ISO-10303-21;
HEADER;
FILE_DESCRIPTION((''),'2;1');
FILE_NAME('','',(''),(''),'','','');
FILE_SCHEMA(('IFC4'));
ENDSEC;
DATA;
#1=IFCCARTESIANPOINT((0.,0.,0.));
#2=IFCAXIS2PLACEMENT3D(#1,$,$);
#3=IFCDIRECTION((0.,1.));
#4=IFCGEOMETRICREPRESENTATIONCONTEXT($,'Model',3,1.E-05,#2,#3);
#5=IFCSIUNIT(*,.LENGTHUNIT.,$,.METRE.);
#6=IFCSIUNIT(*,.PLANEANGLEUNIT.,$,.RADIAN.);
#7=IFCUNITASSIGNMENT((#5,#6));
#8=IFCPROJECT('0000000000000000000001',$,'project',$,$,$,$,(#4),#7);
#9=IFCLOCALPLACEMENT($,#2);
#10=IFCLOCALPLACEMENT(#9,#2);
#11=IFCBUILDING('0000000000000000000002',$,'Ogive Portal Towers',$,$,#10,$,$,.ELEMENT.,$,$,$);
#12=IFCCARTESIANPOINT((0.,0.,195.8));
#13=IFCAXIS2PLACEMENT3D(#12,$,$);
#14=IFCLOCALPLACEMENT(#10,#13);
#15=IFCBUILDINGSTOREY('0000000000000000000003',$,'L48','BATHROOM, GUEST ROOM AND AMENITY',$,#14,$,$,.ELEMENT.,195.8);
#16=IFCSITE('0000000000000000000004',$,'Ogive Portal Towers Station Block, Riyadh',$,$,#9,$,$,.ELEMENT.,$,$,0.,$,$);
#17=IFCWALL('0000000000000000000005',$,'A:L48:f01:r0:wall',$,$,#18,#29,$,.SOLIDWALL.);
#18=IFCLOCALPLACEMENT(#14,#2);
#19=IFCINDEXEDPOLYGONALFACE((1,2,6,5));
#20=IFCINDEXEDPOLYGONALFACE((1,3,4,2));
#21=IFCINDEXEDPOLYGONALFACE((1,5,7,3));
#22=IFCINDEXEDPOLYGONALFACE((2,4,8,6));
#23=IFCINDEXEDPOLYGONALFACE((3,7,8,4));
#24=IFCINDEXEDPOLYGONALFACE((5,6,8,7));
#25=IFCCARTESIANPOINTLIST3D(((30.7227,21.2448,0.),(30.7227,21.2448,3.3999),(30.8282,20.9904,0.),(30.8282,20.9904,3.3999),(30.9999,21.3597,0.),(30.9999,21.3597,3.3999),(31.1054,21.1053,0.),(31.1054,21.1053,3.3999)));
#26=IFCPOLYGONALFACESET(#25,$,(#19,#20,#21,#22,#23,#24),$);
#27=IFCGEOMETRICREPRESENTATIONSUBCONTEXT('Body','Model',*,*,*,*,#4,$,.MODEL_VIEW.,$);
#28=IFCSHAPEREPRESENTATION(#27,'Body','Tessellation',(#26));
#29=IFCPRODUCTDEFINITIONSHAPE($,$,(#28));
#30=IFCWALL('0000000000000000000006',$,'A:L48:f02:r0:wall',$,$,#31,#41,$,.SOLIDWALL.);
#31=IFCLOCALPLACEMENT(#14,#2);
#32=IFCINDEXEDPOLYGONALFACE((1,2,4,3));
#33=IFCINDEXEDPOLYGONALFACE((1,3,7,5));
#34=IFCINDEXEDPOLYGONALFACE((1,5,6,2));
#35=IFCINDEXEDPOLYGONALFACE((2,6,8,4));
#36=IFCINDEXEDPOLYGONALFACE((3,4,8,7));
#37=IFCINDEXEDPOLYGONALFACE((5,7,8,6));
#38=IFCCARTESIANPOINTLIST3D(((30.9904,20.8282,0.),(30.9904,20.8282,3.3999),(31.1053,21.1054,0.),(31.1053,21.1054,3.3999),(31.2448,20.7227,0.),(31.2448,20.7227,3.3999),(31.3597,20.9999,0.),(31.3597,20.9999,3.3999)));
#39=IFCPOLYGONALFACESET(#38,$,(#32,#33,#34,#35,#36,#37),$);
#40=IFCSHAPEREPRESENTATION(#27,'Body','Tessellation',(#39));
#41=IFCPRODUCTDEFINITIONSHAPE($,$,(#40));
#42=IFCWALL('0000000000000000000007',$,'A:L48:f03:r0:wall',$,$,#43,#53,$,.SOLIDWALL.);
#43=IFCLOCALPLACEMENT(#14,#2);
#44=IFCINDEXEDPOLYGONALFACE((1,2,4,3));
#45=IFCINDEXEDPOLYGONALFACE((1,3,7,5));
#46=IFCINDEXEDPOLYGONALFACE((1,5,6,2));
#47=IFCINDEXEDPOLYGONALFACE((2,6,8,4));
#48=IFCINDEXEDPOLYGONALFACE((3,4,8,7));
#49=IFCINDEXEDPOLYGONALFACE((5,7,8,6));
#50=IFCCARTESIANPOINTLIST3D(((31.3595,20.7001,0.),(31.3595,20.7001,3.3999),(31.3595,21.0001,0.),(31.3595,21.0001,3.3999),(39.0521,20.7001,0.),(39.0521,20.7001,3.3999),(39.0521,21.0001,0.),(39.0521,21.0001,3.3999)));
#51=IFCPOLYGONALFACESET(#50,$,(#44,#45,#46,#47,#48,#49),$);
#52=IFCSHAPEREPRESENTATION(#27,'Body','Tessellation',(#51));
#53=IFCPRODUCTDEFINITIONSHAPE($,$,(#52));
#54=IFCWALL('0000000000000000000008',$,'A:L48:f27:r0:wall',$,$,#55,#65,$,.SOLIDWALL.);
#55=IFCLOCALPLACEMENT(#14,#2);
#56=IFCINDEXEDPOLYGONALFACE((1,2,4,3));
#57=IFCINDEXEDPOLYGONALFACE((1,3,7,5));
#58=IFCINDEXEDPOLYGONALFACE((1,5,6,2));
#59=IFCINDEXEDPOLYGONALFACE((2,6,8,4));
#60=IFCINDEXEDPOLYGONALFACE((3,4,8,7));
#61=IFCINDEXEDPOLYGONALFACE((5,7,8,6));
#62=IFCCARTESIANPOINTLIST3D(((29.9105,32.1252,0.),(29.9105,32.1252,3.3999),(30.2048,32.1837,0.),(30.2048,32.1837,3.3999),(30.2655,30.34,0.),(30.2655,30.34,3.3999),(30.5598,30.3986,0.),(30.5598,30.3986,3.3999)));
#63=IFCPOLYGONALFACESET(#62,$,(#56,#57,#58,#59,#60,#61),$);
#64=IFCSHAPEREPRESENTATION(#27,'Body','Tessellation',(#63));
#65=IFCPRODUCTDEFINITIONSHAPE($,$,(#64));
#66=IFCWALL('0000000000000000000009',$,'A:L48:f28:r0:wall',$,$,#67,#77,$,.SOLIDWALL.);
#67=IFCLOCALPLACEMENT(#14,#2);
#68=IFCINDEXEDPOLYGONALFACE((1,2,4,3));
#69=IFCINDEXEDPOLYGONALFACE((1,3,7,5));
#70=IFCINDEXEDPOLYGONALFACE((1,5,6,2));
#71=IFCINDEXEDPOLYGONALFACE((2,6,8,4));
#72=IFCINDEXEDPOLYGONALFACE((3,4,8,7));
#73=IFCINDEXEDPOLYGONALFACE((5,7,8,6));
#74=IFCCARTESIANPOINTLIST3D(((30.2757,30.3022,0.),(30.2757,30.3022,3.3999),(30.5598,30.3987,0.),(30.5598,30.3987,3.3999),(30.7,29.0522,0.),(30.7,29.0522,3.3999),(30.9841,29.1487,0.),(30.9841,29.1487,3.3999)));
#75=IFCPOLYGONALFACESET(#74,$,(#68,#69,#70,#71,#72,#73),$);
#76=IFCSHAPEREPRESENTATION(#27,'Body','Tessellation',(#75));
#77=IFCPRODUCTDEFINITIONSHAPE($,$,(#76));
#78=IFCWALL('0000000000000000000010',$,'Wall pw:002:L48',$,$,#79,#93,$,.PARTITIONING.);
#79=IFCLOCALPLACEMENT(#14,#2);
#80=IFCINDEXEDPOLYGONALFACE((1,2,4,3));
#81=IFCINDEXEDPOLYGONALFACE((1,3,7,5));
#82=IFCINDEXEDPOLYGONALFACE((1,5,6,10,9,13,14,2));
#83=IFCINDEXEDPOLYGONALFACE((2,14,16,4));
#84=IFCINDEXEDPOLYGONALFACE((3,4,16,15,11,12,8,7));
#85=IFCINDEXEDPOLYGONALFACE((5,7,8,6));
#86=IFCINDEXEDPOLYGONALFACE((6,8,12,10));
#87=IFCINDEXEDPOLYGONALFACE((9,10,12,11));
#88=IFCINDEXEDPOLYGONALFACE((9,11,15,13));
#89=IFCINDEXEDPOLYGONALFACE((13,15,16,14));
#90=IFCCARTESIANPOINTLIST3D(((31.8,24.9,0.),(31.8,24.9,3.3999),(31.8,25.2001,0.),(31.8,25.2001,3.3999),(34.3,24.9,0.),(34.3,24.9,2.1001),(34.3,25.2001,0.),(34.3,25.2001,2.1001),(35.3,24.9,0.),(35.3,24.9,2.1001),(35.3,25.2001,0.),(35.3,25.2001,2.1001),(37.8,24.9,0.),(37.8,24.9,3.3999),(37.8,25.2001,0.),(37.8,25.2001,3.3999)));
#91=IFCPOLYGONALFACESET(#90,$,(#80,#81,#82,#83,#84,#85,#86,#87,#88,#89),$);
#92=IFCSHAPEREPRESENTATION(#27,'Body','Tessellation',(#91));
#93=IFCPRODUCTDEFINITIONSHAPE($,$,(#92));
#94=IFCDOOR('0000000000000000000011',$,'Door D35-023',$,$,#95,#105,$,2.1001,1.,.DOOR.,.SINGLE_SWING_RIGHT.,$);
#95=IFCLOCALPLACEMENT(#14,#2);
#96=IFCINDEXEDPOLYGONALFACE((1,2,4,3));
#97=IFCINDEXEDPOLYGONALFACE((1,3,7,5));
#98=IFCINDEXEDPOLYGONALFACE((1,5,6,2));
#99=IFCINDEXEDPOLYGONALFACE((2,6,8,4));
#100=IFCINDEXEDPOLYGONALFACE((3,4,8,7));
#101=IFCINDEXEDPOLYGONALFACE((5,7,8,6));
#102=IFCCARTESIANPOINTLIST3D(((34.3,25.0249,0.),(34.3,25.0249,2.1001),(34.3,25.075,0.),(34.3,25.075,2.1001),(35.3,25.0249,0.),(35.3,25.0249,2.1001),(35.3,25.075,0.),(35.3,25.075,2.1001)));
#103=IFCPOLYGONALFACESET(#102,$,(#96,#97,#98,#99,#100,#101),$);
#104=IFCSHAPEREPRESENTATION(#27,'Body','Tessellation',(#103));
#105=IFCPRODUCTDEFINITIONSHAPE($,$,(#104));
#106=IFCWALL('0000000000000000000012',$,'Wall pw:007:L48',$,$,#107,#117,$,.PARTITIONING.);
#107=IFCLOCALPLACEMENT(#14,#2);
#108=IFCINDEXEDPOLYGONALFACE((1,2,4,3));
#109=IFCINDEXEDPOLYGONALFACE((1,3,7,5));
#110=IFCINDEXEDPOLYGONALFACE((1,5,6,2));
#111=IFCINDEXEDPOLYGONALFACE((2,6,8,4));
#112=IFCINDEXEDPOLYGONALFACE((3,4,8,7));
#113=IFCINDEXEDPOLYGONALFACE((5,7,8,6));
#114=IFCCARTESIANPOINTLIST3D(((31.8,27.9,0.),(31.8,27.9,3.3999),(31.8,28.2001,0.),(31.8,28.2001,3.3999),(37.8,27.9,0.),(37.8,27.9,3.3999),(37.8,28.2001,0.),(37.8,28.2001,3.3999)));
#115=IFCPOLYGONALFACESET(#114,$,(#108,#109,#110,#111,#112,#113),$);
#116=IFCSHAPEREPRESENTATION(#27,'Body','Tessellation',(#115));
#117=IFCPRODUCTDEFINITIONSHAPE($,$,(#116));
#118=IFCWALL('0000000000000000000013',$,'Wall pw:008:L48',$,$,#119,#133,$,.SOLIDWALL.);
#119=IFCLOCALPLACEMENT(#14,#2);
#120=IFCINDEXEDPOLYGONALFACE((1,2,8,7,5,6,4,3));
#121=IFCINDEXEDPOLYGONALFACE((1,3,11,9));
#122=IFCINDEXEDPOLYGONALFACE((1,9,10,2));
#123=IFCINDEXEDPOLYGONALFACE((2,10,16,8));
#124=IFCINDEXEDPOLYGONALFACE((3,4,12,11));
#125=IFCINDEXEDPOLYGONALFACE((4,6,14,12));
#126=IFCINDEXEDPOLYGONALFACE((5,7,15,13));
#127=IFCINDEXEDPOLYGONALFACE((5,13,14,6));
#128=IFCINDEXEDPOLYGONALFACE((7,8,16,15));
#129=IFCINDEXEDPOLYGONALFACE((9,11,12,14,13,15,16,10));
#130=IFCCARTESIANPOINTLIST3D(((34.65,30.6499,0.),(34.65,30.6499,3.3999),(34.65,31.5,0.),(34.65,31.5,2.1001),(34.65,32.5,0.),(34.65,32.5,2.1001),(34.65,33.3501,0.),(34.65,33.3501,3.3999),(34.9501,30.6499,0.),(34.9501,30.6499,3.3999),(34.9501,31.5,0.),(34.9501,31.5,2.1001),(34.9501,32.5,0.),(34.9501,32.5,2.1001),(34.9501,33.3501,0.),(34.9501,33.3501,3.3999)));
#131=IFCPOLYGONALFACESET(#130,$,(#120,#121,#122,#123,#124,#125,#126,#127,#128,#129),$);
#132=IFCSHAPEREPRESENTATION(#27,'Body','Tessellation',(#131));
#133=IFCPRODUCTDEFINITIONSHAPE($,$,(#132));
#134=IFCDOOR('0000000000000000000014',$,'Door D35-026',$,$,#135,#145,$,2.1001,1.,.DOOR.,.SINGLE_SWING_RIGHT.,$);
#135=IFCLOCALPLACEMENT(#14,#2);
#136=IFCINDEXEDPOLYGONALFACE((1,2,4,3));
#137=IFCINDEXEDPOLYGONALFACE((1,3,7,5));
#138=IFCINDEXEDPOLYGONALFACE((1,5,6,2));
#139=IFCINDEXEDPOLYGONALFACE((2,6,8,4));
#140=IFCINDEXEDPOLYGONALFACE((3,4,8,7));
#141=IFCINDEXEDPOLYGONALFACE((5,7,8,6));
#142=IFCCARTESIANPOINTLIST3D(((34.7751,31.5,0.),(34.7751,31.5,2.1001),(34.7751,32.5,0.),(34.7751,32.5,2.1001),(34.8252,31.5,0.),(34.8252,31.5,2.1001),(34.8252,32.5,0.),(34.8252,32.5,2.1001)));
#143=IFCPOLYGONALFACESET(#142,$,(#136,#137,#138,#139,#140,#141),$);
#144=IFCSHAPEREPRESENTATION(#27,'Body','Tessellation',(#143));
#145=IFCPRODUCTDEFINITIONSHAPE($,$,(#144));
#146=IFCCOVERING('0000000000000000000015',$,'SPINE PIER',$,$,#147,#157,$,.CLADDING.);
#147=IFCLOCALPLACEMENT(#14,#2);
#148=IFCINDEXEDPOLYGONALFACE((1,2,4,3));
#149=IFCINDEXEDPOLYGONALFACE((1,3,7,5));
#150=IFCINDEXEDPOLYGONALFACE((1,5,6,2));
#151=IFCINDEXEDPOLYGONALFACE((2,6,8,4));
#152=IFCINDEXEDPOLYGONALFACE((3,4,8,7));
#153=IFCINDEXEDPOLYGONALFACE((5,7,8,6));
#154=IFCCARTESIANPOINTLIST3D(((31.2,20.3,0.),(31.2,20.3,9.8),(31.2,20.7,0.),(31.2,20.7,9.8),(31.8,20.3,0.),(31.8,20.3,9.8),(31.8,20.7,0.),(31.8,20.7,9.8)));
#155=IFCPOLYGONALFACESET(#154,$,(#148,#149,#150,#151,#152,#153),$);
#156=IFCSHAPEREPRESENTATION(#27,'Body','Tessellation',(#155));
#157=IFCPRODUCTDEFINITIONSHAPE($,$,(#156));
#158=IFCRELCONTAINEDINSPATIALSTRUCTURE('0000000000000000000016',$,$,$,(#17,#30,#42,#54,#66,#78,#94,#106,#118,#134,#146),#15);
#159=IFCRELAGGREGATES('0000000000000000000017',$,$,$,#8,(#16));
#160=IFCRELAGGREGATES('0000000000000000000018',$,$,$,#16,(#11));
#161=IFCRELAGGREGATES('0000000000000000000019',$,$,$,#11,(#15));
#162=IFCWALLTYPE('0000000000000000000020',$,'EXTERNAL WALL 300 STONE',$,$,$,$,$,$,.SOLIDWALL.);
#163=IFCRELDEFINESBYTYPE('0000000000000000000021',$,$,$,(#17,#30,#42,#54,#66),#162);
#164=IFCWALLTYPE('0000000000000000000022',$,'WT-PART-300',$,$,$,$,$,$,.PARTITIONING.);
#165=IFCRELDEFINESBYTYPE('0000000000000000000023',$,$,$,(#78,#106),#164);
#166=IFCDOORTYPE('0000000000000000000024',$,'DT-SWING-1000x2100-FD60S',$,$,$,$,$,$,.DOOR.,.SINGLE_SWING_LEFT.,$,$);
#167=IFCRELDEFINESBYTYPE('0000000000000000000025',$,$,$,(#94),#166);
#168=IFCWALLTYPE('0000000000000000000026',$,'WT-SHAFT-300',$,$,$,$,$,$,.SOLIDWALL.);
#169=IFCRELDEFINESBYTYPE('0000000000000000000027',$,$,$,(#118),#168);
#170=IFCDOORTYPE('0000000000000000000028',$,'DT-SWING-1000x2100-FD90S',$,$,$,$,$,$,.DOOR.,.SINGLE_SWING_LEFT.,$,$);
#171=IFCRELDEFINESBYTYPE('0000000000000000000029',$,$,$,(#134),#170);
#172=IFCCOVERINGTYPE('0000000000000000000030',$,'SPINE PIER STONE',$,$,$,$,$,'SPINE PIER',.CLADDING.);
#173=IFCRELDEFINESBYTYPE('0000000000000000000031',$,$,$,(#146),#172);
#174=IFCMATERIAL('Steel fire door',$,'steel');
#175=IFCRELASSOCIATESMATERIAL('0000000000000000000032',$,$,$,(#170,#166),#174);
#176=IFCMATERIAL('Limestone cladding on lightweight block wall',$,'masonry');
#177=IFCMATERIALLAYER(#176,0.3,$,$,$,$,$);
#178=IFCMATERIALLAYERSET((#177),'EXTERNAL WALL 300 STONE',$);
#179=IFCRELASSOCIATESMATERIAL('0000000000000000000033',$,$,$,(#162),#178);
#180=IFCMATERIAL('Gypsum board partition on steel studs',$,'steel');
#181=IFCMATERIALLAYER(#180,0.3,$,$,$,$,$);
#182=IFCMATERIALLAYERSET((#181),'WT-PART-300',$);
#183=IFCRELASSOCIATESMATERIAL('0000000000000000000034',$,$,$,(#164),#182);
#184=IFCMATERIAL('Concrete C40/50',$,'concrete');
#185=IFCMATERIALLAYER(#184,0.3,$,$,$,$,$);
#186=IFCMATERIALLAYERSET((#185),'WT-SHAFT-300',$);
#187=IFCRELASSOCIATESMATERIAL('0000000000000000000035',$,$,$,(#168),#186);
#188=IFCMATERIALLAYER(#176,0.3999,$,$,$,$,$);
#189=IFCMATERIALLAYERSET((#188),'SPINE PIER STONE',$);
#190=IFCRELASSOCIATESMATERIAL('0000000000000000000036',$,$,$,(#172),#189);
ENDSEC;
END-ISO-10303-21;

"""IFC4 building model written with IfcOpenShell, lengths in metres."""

from ifc_helpers import new_model, si_unit, direction, frame, frame_2d, origin, origin_2d, place, context, subcontext, project, spatial, rectangle, extrude, material, layer, layer_set, type_object, element, fill, save


model = new_model("IFC4")

# Units and contexts
model_context = context("Model", 3, precision=1e-05, world=origin(), true_north=direction((0.0, 1.0)))
body_context = subcontext(model_context, "Body", "Model", "MODEL_VIEW")
ifc_project = project(units=[si_unit("LENGTHUNIT", "METRE"), si_unit("PLANEANGLEUNIT", "RADIAN")], contexts=[model_context])

# Site, building, storey
site_placement = place(None, origin())
site = spatial("IfcSite", under=ifc_project, at=site_placement, Name="Ogive Portal Towers Station Block, Riyadh", CompositionType="ELEMENT", RefElevation=0.0)
building_placement = place(site_placement, origin())
building = spatial("IfcBuilding", under=site, at=building_placement, Name="Ogive Portal Towers", CompositionType="ELEMENT")
storey_placement = place(building_placement, frame((0.0, 0.0, 195.8)))
storey = spatial("IfcBuildingStorey", under=building, at=storey_placement, Name="L48", Description="BATHROOM, GUEST ROOM AND AMENITY", CompositionType="ELEMENT", Elevation=195.8)

# Shared definitions
ifc_material_1 = material(Name="Concrete C40/50", Category="concrete")

# Shared definitions
ifc_material_2 = material(Name="Steel fire door", Category="steel")
door_type_1 = type_object("IfcDoorType", Name="DT-SWING-1000x2100-FD90S", OperationType="SINGLE_SWING_LEFT", PredefinedType="DOOR", material=ifc_material_2)

# Walls
ifc_material_3 = material(Name="Limestone cladding on lightweight block wall", Category="masonry")
ifc_layer_1 = layer(ifc_material_3, 0.3)
ifc_layer_set_1 = layer_set([ifc_layer_1], Name="EXTERNAL WALL 300 STONE")
wall_type_1 = type_object("IfcWallType", Name="EXTERNAL WALL 300 STONE", PredefinedType="SOLIDWALL", material=ifc_layer_set_1)
for number, where, z_axis, x_axis, name in (
    (1, (30.8613, 21.3022, 0.0), (0.0, 0.0, 1.0), (0.382978, -0.923757, 0.0), "A:L48:f01:r0:wall"),
    (2, (31.0479, 20.9668, 0.0), (0.0, 0.0, 1.0), (0.923757, -0.382978, 0.0), "A:L48:f02:r0:wall"),
):
    element("IfcWall", number, at=place(storey_placement, frame(where, z_axis=z_axis, x_axis=x_axis)), inside=storey, type_object=wall_type_1, Name=name, PredefinedType="SOLIDWALL", context=body_context, shape_type="SweptSolid", body=[
        extrude(rectangle(XDim=0.2754, YDim=0.3, at=frame_2d((0.1377, 0.0))), origin(), (0.0, 0.0, 1.0), 3.3999),
    ])
wall_1_placement = place(storey_placement, frame((31.3596, 20.8501, 0.0), z_axis=(0.0, 0.0, 1.0), x_axis=(1.0, 0.0, 0.0)))
element("IfcWall", 3, at=wall_1_placement, inside=storey, type_object=wall_type_1, Name="A:L48:f03:r0:wall", PredefinedType="SOLIDWALL", context=body_context, shape_type="SweptSolid", body=[
    extrude(rectangle(XDim=7.6926, YDim=0.3, at=frame_2d((3.8462, 0.0))), origin(), (0.0, 0.0, 1.0), 3.3999),
])
wall_2_placement = place(storey_placement, frame((30.0576, 32.1545, 0.0), z_axis=(0.0, 0.0, 1.0), x_axis=(0.195033, -0.980797, 0.0)))
element("IfcWall", 4, at=wall_2_placement, inside=storey, type_object=wall_type_1, Name="A:L48:f27:r0:wall", PredefinedType="SOLIDWALL", context=body_context, shape_type="SweptSolid", body=[
    extrude(rectangle(XDim=1.8201, YDim=0.3, at=frame_2d((0.9102, 0.0))), origin(), (0.0, 0.0, 1.0), 3.3999),
])
wall_3_placement = place(storey_placement, frame((30.4177, 30.3506, 0.0), z_axis=(0.0, 0.0, 1.0), x_axis=(0.321439, -0.94693, 0.0)))
element("IfcWall", 5, at=wall_3_placement, inside=storey, type_object=wall_type_1, Name="A:L48:f28:r0:wall", PredefinedType="SOLIDWALL", context=body_context, shape_type="SweptSolid", body=[
    extrude(rectangle(XDim=1.3201, YDim=0.3, at=frame_2d((0.6602, 0.0))), origin(), (0.0, 0.0, 1.0), 3.3999),
])

# Wall, opening, door
ifc_material_4 = material(Name="Gypsum board partition on steel studs", Category="steel")
ifc_layer_2 = layer(ifc_material_4, 0.3)
ifc_layer_set_2 = layer_set([ifc_layer_2], Name="WT-PART-300")
wall_type_2 = type_object("IfcWallType", Name="WT-PART-300", PredefinedType="PARTITIONING", material=ifc_layer_set_2)
wall_4_placement = place(storey_placement, frame((31.8, 25.05, 0.0), z_axis=(0.0, 0.0, 1.0), x_axis=(1.0, 0.0, 0.0)))
wall_4 = element("IfcWall", 6, at=wall_4_placement, inside=storey, type_object=wall_type_2, Name="Wall pw:002:L48", PredefinedType="PARTITIONING", context=body_context, shape_type="SweptSolid", body=[
    extrude(rectangle(XDim=6.0, YDim=0.3, at=frame_2d((3.0, 0.0))), origin(), (0.0, 0.0, 1.0), 3.3999),
])
opening_1_placement = place(wall_4_placement, frame((2.5, 0.0, 0.0)))
opening_1 = element("IfcOpeningElement", 7, at=opening_1_placement, cuts=wall_4, PredefinedType="OPENING", context=body_context, shape_type="SweptSolid", body=[
    extrude(rectangle(XDim=1.0, YDim=2.1001, at=frame_2d((0.5, 1.05))), frame((0.0, 0.1602, 0.0), z_axis=(0.0, -1.0, 0.0), x_axis=(1.0, 0.0, 0.0)), (0.0, 0.0, 1.0), 0.3201),
])
door_type_2 = type_object("IfcDoorType", Name="DT-SWING-1000x2100-FD60S", OperationType="SINGLE_SWING_LEFT", PredefinedType="DOOR", material=ifc_material_2)
door_1_placement = place(opening_1_placement, origin())
door_1 = element("IfcDoor", 8, at=door_1_placement, inside=storey, type_object=door_type_2, Name="Door D35-023", OperationType="SINGLE_SWING_RIGHT", OverallHeight=2.1001, OverallWidth=1.0, PredefinedType="DOOR", context=body_context, shape_type="SweptSolid", body=[
    extrude(rectangle(XDim=1.0, YDim=2.1001, at=frame_2d((0.5, 1.05))), frame((0.0, 0.0249, 0.0), z_axis=(0.0, -1.0, 0.0), x_axis=(1.0, 0.0, 0.0)), (0.0, 0.0, 1.0), 0.05),
])
fill(opening_1, door_1)

# Wall
wall_5_placement = place(storey_placement, frame((31.8, 28.05, 0.0), z_axis=(0.0, 0.0, 1.0), x_axis=(1.0, 0.0, 0.0)))
element("IfcWall", 9, at=wall_5_placement, inside=storey, type_object=wall_type_2, Name="Wall pw:007:L48", PredefinedType="PARTITIONING", context=body_context, shape_type="SweptSolid", body=[
    extrude(rectangle(XDim=6.0, YDim=0.3, at=frame_2d((3.0, 0.0))), origin(), (0.0, 0.0, 1.0), 3.3999),
])

# Wall, opening, door
ifc_layer_3 = layer(ifc_material_1, 0.3)
ifc_layer_set_3 = layer_set([ifc_layer_3], Name="WT-SHAFT-300")
wall_type_3 = type_object("IfcWallType", Name="WT-SHAFT-300", PredefinedType="SOLIDWALL", material=ifc_layer_set_3)
wall_6_placement = place(storey_placement, frame((34.8, 30.6499, 0.0), z_axis=(0.0, 0.0, 1.0), x_axis=(0.0, 1.0, 0.0)))
wall_6 = element("IfcWall", 10, at=wall_6_placement, inside=storey, type_object=wall_type_3, Name="Wall pw:008:L48", PredefinedType="SOLIDWALL", context=body_context, shape_type="SweptSolid", body=[
    extrude(rectangle(XDim=2.7002, YDim=0.3, at=frame_2d((1.3501, 0.0))), origin(), (0.0, 0.0, 1.0), 3.3999),
])
opening_2_placement = place(wall_6_placement, frame((0.8501, 0.0, 0.0)))
opening_2 = element("IfcOpeningElement", 11, at=opening_2_placement, cuts=wall_6, PredefinedType="OPENING", context=body_context, shape_type="SweptSolid", body=[
    extrude(rectangle(XDim=1.0, YDim=2.1001, at=frame_2d((0.5, 1.05))), frame((0.0, 0.1602, 0.0), z_axis=(0.0, -1.0, 0.0), x_axis=(1.0, 0.0, 0.0)), (0.0, 0.0, 1.0), 0.3201),
])
door_2_placement = place(opening_2_placement, origin())
door_2 = element("IfcDoor", 12, at=door_2_placement, inside=storey, type_object=door_type_1, Name="Door D35-026", OperationType="SINGLE_SWING_RIGHT", OverallHeight=2.1001, OverallWidth=1.0, PredefinedType="DOOR", context=body_context, shape_type="SweptSolid", body=[
    extrude(rectangle(XDim=1.0, YDim=2.1001, at=frame_2d((0.5, 1.05))), frame((0.0, 0.0249, 0.0), z_axis=(0.0, -1.0, 0.0), x_axis=(1.0, 0.0, 0.0)), (0.0, 0.0, 1.0), 0.05),
])
fill(opening_2, door_2)

# Covering
ifc_layer_4 = layer(ifc_material_3, 0.3999)
ifc_layer_set_4 = layer_set([ifc_layer_4], Name="SPINE PIER STONE")
covering_type = type_object("IfcCoveringType", Name="SPINE PIER STONE", ElementType="SPINE PIER", PredefinedType="CLADDING", material=ifc_layer_set_4)
covering_placement = place(storey_placement, frame((31.5, 20.5, 0.0), z_axis=(0.0, 0.0, 1.0), x_axis=(1.0, 0.0, 0.0)))
element("IfcCovering", 13, at=covering_placement, inside=storey, type_object=covering_type, Name="SPINE PIER", PredefinedType="CLADDING", context=body_context, shape_type="SweptSolid", body=[
    extrude(rectangle(XDim=0.6001, YDim=0.3999, at=origin_2d()), origin(), (0.0, 0.0, 1.0), 9.8),
])

save(model, "model.ifc")
